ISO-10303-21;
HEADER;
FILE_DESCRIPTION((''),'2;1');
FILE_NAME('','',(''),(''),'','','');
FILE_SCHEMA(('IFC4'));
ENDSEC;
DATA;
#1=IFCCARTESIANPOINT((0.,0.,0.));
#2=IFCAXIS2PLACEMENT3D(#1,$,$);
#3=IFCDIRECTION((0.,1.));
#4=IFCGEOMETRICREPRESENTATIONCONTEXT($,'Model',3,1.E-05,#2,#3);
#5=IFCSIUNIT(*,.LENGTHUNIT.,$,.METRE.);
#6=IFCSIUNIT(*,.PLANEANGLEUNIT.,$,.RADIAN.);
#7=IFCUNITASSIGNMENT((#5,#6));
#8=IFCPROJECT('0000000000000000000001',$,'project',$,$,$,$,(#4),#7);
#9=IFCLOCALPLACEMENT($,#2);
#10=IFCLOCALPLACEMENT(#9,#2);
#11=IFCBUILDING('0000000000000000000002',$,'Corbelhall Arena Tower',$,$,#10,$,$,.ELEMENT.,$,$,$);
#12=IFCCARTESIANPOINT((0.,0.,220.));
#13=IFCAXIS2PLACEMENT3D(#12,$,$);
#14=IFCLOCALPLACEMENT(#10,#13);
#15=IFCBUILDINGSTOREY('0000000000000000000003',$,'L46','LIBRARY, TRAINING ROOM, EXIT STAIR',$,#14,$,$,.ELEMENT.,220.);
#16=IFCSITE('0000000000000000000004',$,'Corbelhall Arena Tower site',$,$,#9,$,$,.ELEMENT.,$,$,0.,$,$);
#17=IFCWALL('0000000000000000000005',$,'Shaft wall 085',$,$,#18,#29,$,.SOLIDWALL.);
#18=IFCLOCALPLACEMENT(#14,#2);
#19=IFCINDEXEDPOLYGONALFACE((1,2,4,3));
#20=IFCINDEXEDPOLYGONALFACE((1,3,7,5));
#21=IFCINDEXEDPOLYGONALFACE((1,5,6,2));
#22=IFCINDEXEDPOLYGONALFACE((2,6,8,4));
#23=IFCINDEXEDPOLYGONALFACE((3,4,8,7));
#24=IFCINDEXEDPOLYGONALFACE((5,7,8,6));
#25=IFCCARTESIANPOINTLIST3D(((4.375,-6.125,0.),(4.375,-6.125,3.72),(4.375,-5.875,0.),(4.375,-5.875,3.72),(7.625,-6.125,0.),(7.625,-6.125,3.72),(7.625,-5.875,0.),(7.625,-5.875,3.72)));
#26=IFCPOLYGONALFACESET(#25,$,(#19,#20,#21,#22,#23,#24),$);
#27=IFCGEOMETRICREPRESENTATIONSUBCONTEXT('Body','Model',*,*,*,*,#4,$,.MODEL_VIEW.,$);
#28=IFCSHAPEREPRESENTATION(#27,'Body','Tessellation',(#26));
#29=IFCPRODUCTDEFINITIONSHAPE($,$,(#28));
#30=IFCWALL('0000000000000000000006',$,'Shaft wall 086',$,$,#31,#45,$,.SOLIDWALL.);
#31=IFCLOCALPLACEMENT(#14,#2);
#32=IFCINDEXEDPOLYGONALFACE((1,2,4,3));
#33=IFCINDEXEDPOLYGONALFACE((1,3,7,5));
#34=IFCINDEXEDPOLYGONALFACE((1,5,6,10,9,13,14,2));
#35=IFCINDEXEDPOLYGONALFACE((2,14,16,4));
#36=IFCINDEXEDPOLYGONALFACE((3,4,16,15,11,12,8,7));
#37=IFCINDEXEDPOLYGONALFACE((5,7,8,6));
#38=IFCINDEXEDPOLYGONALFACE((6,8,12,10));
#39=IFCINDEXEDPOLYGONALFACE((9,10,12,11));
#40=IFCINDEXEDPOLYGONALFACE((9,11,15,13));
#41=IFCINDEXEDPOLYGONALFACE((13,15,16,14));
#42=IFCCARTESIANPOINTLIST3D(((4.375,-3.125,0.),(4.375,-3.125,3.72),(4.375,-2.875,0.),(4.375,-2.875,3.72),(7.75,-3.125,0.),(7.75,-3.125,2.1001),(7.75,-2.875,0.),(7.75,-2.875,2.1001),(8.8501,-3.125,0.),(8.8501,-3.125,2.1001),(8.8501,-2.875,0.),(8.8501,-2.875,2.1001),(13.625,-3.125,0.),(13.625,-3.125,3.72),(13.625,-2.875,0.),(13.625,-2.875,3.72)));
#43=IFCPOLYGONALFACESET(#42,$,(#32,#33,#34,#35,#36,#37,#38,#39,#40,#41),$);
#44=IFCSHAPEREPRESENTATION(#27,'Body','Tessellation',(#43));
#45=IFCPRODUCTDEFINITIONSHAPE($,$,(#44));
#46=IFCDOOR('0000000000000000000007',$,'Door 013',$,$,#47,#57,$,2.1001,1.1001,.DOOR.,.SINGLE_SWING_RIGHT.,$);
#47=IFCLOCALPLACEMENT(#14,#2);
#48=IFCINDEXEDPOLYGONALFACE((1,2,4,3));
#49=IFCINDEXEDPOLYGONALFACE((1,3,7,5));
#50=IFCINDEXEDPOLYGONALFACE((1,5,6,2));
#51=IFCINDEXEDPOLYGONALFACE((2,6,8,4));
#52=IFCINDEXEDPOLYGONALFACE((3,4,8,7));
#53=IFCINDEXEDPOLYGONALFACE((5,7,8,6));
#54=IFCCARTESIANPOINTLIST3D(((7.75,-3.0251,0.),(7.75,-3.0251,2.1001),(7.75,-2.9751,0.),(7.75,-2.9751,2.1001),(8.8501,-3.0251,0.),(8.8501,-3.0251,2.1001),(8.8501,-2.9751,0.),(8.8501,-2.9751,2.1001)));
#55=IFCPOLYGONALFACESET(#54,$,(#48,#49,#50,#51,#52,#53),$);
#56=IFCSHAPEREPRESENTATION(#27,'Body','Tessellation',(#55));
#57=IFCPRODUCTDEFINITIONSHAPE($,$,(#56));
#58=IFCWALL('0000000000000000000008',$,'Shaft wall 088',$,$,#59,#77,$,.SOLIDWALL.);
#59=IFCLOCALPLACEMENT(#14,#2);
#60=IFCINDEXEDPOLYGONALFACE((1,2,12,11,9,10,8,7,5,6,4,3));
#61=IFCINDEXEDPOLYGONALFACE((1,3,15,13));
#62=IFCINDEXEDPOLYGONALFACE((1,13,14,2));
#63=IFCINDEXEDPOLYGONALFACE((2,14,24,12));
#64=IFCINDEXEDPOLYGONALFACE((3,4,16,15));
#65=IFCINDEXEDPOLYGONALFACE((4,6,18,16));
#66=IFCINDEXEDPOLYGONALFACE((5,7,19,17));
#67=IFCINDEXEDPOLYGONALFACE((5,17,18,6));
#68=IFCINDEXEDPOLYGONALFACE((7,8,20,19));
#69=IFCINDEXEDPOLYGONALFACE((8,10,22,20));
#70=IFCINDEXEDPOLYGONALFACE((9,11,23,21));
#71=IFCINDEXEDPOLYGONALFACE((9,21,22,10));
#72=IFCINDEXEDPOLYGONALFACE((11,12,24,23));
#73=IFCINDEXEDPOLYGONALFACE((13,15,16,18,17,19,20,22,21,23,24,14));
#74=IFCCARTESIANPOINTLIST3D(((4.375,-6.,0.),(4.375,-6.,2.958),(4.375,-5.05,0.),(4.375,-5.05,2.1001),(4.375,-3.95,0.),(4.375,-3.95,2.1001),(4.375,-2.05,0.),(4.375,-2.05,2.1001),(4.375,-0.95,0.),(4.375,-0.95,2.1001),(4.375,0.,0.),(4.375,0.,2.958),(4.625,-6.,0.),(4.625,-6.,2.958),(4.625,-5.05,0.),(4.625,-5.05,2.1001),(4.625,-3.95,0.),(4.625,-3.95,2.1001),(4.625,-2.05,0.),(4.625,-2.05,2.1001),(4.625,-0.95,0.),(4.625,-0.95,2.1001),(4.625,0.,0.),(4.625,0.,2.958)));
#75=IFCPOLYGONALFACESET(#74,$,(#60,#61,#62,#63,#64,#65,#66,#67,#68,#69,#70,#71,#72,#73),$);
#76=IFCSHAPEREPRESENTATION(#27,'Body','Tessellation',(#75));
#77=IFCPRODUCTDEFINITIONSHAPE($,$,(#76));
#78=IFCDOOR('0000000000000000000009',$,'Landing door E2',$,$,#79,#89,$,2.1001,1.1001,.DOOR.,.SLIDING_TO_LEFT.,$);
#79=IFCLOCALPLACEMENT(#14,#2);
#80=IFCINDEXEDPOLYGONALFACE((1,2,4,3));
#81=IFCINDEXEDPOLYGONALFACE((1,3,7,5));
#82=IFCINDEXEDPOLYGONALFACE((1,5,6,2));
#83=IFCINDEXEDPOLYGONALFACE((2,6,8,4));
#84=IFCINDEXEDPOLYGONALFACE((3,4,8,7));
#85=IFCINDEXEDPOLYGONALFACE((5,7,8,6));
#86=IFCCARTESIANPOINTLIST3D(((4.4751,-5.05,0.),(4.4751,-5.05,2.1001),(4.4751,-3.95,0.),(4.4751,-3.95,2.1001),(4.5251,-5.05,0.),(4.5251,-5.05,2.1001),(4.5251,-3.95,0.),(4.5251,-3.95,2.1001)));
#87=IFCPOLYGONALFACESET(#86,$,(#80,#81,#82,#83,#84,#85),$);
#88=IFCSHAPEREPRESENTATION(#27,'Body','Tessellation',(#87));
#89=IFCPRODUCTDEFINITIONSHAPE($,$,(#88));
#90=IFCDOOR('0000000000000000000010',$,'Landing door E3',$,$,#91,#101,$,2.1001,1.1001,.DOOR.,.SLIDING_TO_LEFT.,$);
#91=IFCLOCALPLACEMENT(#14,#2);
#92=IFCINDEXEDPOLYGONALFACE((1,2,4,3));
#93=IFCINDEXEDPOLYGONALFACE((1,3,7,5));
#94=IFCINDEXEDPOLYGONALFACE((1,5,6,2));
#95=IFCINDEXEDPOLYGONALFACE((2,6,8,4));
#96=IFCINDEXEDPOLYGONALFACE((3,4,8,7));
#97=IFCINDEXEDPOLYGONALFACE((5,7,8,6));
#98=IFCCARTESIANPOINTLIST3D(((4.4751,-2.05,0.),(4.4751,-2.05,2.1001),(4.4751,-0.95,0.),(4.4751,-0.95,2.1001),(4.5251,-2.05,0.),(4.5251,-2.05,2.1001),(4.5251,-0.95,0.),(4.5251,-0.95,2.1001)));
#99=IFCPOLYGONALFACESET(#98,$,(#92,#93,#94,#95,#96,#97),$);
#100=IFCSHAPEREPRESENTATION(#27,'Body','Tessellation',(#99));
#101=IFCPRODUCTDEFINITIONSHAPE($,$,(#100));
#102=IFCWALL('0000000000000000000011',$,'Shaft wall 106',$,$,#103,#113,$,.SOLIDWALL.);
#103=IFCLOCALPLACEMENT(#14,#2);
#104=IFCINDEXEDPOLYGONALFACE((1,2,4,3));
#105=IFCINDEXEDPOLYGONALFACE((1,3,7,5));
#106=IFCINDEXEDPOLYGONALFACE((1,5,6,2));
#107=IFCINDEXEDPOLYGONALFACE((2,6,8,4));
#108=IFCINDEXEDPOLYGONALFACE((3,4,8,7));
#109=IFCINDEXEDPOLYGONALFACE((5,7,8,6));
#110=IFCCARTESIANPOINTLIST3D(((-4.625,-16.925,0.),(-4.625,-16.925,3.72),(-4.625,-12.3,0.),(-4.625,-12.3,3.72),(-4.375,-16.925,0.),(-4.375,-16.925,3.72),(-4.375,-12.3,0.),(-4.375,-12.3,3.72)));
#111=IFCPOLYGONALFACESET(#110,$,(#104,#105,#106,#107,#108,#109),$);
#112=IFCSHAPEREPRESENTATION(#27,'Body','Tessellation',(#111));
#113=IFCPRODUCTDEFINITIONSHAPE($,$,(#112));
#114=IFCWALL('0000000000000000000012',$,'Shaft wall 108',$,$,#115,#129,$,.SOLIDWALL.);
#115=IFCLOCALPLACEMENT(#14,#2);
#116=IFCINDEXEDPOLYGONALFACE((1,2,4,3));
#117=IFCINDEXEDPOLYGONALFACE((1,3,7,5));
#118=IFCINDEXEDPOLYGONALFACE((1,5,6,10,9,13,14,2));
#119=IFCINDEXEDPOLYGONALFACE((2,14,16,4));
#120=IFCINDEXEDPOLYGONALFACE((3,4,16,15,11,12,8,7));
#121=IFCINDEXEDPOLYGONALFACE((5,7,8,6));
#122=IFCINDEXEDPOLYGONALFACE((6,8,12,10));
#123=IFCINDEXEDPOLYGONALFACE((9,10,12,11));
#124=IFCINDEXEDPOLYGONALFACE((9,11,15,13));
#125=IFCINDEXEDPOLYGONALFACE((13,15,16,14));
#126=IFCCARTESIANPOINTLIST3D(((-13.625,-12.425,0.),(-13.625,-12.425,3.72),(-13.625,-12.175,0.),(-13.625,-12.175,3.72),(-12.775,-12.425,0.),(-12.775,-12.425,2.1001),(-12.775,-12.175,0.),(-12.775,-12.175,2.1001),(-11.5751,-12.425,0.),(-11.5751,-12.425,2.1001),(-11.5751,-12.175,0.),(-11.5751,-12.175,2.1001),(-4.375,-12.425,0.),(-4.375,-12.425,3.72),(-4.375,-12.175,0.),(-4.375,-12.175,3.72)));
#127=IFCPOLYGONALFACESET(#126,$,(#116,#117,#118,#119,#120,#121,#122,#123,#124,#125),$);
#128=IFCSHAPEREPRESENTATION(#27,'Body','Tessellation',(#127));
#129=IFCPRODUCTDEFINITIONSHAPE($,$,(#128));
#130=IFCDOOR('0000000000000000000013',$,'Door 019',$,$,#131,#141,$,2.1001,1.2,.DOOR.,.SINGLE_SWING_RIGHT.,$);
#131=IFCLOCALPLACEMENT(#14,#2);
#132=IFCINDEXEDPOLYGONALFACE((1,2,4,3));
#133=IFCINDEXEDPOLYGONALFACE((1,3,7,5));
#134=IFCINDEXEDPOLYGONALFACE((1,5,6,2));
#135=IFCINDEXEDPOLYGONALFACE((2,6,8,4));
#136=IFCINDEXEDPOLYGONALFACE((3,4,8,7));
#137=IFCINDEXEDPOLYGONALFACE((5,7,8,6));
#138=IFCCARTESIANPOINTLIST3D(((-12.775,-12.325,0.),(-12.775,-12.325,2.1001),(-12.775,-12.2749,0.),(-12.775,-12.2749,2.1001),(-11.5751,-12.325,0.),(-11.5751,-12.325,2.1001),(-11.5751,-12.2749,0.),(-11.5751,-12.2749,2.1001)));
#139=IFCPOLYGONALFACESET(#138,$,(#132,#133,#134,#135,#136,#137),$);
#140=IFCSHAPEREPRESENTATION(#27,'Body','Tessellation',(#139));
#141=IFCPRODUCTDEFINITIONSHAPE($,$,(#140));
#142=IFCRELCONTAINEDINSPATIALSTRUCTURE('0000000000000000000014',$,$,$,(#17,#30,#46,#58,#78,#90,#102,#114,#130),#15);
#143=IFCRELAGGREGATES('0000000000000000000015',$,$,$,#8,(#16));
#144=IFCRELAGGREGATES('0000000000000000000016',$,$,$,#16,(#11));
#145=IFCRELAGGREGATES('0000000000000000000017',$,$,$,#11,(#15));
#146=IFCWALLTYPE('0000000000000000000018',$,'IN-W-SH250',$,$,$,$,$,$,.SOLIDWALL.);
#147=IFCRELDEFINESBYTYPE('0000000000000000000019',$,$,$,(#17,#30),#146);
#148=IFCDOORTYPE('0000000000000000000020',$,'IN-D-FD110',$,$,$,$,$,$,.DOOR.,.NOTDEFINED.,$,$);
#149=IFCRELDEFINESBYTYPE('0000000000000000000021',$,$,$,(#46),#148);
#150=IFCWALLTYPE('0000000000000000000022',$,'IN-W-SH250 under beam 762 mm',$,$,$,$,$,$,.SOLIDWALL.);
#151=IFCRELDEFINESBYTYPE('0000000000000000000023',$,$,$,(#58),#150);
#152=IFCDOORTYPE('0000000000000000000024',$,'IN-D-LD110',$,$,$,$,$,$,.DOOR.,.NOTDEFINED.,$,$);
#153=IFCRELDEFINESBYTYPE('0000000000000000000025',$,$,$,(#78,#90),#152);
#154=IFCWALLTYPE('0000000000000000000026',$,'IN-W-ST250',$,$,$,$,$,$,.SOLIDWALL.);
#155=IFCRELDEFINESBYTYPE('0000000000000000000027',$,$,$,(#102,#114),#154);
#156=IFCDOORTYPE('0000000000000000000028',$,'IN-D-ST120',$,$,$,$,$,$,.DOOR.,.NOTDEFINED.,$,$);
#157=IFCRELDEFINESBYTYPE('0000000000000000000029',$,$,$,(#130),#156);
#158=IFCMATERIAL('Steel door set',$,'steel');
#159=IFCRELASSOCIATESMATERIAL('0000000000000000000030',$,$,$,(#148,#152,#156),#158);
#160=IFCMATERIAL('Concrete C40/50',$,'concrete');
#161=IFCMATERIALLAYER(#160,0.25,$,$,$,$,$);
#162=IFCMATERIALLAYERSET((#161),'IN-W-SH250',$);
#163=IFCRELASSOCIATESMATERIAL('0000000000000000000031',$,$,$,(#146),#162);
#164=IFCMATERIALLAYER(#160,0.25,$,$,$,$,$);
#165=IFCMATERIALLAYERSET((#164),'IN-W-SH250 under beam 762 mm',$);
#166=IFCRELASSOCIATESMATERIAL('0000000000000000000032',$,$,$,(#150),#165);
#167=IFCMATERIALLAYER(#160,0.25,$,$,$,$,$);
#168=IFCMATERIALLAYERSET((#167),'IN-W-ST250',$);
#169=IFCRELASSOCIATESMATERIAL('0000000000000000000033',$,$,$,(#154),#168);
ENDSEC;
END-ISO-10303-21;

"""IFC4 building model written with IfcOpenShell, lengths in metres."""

from ifc_helpers import new_model, si_unit, direction, frame, frame_2d, origin, place, context, subcontext, project, spatial, rectangle, extrude, material, layer, layer_set, type_object, element, fill, save


model = new_model("IFC4")

# Units and contexts
model_context = context("Model", 3, precision=1e-05, world=origin(), true_north=direction((0.0, 1.0)))
body_context = subcontext(model_context, "Body", "Model", "MODEL_VIEW")
ifc_project = project(units=[si_unit("LENGTHUNIT", "METRE"), si_unit("PLANEANGLEUNIT", "RADIAN")], contexts=[model_context])

# Site, building, storey
site_placement = place(None, origin())
site = spatial("IfcSite", under=ifc_project, at=site_placement, Name="Corbelhall Arena Tower site", CompositionType="ELEMENT", RefElevation=0.0)
building_placement = place(site_placement, origin())
building = spatial("IfcBuilding", under=site, at=building_placement, Name="Corbelhall Arena Tower", CompositionType="ELEMENT")
storey_placement = place(building_placement, frame((0.0, 0.0, 220.0)))
storey = spatial("IfcBuildingStorey", under=building, at=storey_placement, Name="L46", Description="LIBRARY, TRAINING ROOM, EXIT STAIR", CompositionType="ELEMENT", Elevation=220.0)

# Shared definitions
ifc_material_1 = material(Name="Concrete C40/50", Category="concrete")

# Shared definitions
ifc_material_2 = material(Name="Steel door set", Category="steel")
door_type_1 = type_object("IfcDoorType", Name="IN-D-FD110", OperationType="NOTDEFINED", PredefinedType="DOOR", material=ifc_material_2)

# Wall
ifc_layer_1 = layer(ifc_material_1, 0.25)
ifc_layer_set_1 = layer_set([ifc_layer_1], Name="IN-W-SH250")
wall_type_1 = type_object("IfcWallType", Name="IN-W-SH250", PredefinedType="SOLIDWALL", material=ifc_layer_set_1)
wall_1_placement = place(storey_placement, frame((4.375, -6.0, 0.0), z_axis=(0.0, 0.0, 1.0), x_axis=(1.0, 0.0, 0.0)))
element("IfcWall", 1, at=wall_1_placement, inside=storey, type_object=wall_type_1, Name="Shaft wall 085", PredefinedType="SOLIDWALL", context=body_context, shape_type="SweptSolid", body=[
    extrude(rectangle(XDim=3.25, YDim=0.25, at=frame_2d((1.625, 0.0))), origin(), (0.0, 0.0, 1.0), 3.72),
])

# Wall, opening, door
wall_2_placement = place(storey_placement, frame((4.375, -3.0, 0.0), z_axis=(0.0, 0.0, 1.0), x_axis=(1.0, 0.0, 0.0)))
wall_2 = element("IfcWall", 2, at=wall_2_placement, inside=storey, type_object=wall_type_1, Name="Shaft wall 086", PredefinedType="SOLIDWALL", context=body_context, shape_type="SweptSolid", body=[
    extrude(rectangle(XDim=9.25, YDim=0.25, at=frame_2d((4.625, 0.0))), origin(), (0.0, 0.0, 1.0), 3.72),
])
opening_1_placement = place(wall_2_placement, frame((3.375, 0.0, 0.0)))
opening_1 = element("IfcOpeningElement", 3, at=opening_1_placement, cuts=wall_2, PredefinedType="OPENING", context=body_context, shape_type="SweptSolid", body=[
    extrude(rectangle(XDim=1.1001, YDim=2.1001, at=frame_2d((0.55, 1.05))), frame((0.0, 0.125, 0.0), z_axis=(0.0, -1.0, 0.0), x_axis=(1.0, 0.0, 0.0)), (0.0, 0.0, 1.0), 0.25),
])
door_1_placement = place(opening_1_placement, origin())
door_1 = element("IfcDoor", 4, at=door_1_placement, inside=storey, type_object=door_type_1, Name="Door 013", OperationType="SINGLE_SWING_RIGHT", OverallHeight=2.1001, OverallWidth=1.1001, PredefinedType="DOOR", context=body_context, shape_type="SweptSolid", body=[
    extrude(rectangle(XDim=1.1001, YDim=2.1001, at=frame_2d((0.55, 1.05))), frame((0.0, 0.0249, 0.0), z_axis=(0.0, -1.0, 0.0), x_axis=(1.0, 0.0, 0.0)), (0.0, 0.0, 1.0), 0.05),
])
fill(opening_1, door_1)

# Wall, openings, doors
ifc_layer_2 = layer(ifc_material_1, 0.25)
ifc_layer_set_2 = layer_set([ifc_layer_2], Name="IN-W-SH250 under beam 762 mm")
wall_type_2 = type_object("IfcWallType", Name="IN-W-SH250 under beam 762 mm", PredefinedType="SOLIDWALL", material=ifc_layer_set_2)
wall_3_placement = place(storey_placement, frame((4.5, -6.0, 0.0), z_axis=(0.0, 0.0, 1.0), x_axis=(0.0, 1.0, 0.0)))
wall_3 = element("IfcWall", 5, at=wall_3_placement, inside=storey, type_object=wall_type_2, Name="Shaft wall 088", PredefinedType="SOLIDWALL", context=body_context, shape_type="SweptSolid", body=[
    extrude(rectangle(XDim=6.0, YDim=0.25, at=frame_2d((3.0, 0.0))), origin(), (0.0, 0.0, 1.0), 2.958),
])
opening_2_placement = place(wall_3_placement, frame((0.95, 0.0, 0.0)))
opening_2 = element("IfcOpeningElement", 6, at=opening_2_placement, cuts=wall_3, PredefinedType="OPENING", context=body_context, shape_type="SweptSolid", body=[
    extrude(rectangle(XDim=1.1001, YDim=2.1001, at=frame_2d((0.55, 1.05))), frame((0.0, 0.125, 0.0), z_axis=(0.0, -1.0, 0.0), x_axis=(1.0, 0.0, 0.0)), (0.0, 0.0, 1.0), 0.25),
])
opening_3_placement = place(wall_3_placement, frame((3.95, 0.0, 0.0)))
opening_3 = element("IfcOpeningElement", 7, at=opening_3_placement, cuts=wall_3, PredefinedType="OPENING", context=body_context, shape_type="SweptSolid", body=[
    extrude(rectangle(XDim=1.1001, YDim=2.1001, at=frame_2d((0.55, 1.05))), frame((0.0, 0.125, 0.0), z_axis=(0.0, -1.0, 0.0), x_axis=(1.0, 0.0, 0.0)), (0.0, 0.0, 1.0), 0.25),
])
door_type_2 = type_object("IfcDoorType", Name="IN-D-LD110", OperationType="NOTDEFINED", PredefinedType="DOOR", material=ifc_material_2)
door_2_placement = place(opening_2_placement, origin())
door_2 = element("IfcDoor", 8, at=door_2_placement, inside=storey, type_object=door_type_2, Name="Landing door E2", OperationType="SLIDING_TO_LEFT", OverallHeight=2.1001, OverallWidth=1.1001, PredefinedType="DOOR", context=body_context, shape_type="SweptSolid", body=[
    extrude(rectangle(XDim=1.1001, YDim=2.1001, at=frame_2d((0.55, 1.05))), frame((0.0, 0.0249, 0.0), z_axis=(0.0, -1.0, 0.0), x_axis=(1.0, 0.0, 0.0)), (0.0, 0.0, 1.0), 0.05),
])
fill(opening_2, door_2)
door_3_placement = place(opening_3_placement, origin())
door_3 = element("IfcDoor", 9, at=door_3_placement, inside=storey, type_object=door_type_2, Name="Landing door E3", OperationType="SLIDING_TO_LEFT", OverallHeight=2.1001, OverallWidth=1.1001, PredefinedType="DOOR", context=body_context, shape_type="SweptSolid", body=[
    extrude(rectangle(XDim=1.1001, YDim=2.1001, at=frame_2d((0.55, 1.05))), frame((0.0, 0.0249, 0.0), z_axis=(0.0, -1.0, 0.0), x_axis=(1.0, 0.0, 0.0)), (0.0, 0.0, 1.0), 0.05),
])
fill(opening_3, door_3)

# Wall
ifc_layer_3 = layer(ifc_material_1, 0.25)
ifc_layer_set_3 = layer_set([ifc_layer_3], Name="IN-W-ST250")
wall_type_3 = type_object("IfcWallType", Name="IN-W-ST250", PredefinedType="SOLIDWALL", material=ifc_layer_set_3)
wall_4_placement = place(storey_placement, frame((-4.5, -12.3, 0.0), z_axis=(0.0, 0.0, 1.0), x_axis=(0.0, -1.0, 0.0)))
element("IfcWall", 10, at=wall_4_placement, inside=storey, type_object=wall_type_3, Name="Shaft wall 106", PredefinedType="SOLIDWALL", context=body_context, shape_type="SweptSolid", body=[
    extrude(rectangle(XDim=4.625, YDim=0.25, at=frame_2d((2.3125, 0.0))), origin(), (0.0, 0.0, 1.0), 3.72),
])

# Wall, opening, door
wall_5_placement = place(storey_placement, frame((-4.375, -12.3, 0.0), z_axis=(0.0, 0.0, 1.0), x_axis=(-1.0, 0.0, 0.0)))
wall_5 = element("IfcWall", 11, at=wall_5_placement, inside=storey, type_object=wall_type_3, Name="Shaft wall 108", PredefinedType="SOLIDWALL", context=body_context, shape_type="SweptSolid", body=[
    extrude(rectangle(XDim=9.25, YDim=0.25, at=frame_2d((4.625, 0.0))), origin(), (0.0, 0.0, 1.0), 3.72),
])
opening_4_placement = place(wall_5_placement, frame((7.2, 0.0, 0.0)))
opening_4 = element("IfcOpeningElement", 12, at=opening_4_placement, cuts=wall_5, PredefinedType="OPENING", context=body_context, shape_type="SweptSolid", body=[
    extrude(rectangle(XDim=1.2, YDim=2.1001, at=frame_2d((0.6001, 1.05))), frame((0.0, 0.125, 0.0), z_axis=(0.0, -1.0, 0.0), x_axis=(1.0, 0.0, 0.0)), (0.0, 0.0, 1.0), 0.25),
])
door_type_3 = type_object("IfcDoorType", Name="IN-D-ST120", OperationType="NOTDEFINED", PredefinedType="DOOR", material=ifc_material_2)
door_4_placement = place(opening_4_placement, origin())
door_4 = element("IfcDoor", 13, at=door_4_placement, inside=storey, type_object=door_type_3, Name="Door 019", OperationType="SINGLE_SWING_RIGHT", OverallHeight=2.1001, OverallWidth=1.2, PredefinedType="DOOR", context=body_context, shape_type="SweptSolid", body=[
    extrude(rectangle(XDim=1.2, YDim=2.1001, at=frame_2d((0.6001, 1.05))), frame((0.0, 0.0249, 0.0), z_axis=(0.0, -1.0, 0.0), x_axis=(1.0, 0.0, 0.0)), (0.0, 0.0, 1.0), 0.05),
])
fill(opening_4, door_4)

save(model, "model.ifc")
